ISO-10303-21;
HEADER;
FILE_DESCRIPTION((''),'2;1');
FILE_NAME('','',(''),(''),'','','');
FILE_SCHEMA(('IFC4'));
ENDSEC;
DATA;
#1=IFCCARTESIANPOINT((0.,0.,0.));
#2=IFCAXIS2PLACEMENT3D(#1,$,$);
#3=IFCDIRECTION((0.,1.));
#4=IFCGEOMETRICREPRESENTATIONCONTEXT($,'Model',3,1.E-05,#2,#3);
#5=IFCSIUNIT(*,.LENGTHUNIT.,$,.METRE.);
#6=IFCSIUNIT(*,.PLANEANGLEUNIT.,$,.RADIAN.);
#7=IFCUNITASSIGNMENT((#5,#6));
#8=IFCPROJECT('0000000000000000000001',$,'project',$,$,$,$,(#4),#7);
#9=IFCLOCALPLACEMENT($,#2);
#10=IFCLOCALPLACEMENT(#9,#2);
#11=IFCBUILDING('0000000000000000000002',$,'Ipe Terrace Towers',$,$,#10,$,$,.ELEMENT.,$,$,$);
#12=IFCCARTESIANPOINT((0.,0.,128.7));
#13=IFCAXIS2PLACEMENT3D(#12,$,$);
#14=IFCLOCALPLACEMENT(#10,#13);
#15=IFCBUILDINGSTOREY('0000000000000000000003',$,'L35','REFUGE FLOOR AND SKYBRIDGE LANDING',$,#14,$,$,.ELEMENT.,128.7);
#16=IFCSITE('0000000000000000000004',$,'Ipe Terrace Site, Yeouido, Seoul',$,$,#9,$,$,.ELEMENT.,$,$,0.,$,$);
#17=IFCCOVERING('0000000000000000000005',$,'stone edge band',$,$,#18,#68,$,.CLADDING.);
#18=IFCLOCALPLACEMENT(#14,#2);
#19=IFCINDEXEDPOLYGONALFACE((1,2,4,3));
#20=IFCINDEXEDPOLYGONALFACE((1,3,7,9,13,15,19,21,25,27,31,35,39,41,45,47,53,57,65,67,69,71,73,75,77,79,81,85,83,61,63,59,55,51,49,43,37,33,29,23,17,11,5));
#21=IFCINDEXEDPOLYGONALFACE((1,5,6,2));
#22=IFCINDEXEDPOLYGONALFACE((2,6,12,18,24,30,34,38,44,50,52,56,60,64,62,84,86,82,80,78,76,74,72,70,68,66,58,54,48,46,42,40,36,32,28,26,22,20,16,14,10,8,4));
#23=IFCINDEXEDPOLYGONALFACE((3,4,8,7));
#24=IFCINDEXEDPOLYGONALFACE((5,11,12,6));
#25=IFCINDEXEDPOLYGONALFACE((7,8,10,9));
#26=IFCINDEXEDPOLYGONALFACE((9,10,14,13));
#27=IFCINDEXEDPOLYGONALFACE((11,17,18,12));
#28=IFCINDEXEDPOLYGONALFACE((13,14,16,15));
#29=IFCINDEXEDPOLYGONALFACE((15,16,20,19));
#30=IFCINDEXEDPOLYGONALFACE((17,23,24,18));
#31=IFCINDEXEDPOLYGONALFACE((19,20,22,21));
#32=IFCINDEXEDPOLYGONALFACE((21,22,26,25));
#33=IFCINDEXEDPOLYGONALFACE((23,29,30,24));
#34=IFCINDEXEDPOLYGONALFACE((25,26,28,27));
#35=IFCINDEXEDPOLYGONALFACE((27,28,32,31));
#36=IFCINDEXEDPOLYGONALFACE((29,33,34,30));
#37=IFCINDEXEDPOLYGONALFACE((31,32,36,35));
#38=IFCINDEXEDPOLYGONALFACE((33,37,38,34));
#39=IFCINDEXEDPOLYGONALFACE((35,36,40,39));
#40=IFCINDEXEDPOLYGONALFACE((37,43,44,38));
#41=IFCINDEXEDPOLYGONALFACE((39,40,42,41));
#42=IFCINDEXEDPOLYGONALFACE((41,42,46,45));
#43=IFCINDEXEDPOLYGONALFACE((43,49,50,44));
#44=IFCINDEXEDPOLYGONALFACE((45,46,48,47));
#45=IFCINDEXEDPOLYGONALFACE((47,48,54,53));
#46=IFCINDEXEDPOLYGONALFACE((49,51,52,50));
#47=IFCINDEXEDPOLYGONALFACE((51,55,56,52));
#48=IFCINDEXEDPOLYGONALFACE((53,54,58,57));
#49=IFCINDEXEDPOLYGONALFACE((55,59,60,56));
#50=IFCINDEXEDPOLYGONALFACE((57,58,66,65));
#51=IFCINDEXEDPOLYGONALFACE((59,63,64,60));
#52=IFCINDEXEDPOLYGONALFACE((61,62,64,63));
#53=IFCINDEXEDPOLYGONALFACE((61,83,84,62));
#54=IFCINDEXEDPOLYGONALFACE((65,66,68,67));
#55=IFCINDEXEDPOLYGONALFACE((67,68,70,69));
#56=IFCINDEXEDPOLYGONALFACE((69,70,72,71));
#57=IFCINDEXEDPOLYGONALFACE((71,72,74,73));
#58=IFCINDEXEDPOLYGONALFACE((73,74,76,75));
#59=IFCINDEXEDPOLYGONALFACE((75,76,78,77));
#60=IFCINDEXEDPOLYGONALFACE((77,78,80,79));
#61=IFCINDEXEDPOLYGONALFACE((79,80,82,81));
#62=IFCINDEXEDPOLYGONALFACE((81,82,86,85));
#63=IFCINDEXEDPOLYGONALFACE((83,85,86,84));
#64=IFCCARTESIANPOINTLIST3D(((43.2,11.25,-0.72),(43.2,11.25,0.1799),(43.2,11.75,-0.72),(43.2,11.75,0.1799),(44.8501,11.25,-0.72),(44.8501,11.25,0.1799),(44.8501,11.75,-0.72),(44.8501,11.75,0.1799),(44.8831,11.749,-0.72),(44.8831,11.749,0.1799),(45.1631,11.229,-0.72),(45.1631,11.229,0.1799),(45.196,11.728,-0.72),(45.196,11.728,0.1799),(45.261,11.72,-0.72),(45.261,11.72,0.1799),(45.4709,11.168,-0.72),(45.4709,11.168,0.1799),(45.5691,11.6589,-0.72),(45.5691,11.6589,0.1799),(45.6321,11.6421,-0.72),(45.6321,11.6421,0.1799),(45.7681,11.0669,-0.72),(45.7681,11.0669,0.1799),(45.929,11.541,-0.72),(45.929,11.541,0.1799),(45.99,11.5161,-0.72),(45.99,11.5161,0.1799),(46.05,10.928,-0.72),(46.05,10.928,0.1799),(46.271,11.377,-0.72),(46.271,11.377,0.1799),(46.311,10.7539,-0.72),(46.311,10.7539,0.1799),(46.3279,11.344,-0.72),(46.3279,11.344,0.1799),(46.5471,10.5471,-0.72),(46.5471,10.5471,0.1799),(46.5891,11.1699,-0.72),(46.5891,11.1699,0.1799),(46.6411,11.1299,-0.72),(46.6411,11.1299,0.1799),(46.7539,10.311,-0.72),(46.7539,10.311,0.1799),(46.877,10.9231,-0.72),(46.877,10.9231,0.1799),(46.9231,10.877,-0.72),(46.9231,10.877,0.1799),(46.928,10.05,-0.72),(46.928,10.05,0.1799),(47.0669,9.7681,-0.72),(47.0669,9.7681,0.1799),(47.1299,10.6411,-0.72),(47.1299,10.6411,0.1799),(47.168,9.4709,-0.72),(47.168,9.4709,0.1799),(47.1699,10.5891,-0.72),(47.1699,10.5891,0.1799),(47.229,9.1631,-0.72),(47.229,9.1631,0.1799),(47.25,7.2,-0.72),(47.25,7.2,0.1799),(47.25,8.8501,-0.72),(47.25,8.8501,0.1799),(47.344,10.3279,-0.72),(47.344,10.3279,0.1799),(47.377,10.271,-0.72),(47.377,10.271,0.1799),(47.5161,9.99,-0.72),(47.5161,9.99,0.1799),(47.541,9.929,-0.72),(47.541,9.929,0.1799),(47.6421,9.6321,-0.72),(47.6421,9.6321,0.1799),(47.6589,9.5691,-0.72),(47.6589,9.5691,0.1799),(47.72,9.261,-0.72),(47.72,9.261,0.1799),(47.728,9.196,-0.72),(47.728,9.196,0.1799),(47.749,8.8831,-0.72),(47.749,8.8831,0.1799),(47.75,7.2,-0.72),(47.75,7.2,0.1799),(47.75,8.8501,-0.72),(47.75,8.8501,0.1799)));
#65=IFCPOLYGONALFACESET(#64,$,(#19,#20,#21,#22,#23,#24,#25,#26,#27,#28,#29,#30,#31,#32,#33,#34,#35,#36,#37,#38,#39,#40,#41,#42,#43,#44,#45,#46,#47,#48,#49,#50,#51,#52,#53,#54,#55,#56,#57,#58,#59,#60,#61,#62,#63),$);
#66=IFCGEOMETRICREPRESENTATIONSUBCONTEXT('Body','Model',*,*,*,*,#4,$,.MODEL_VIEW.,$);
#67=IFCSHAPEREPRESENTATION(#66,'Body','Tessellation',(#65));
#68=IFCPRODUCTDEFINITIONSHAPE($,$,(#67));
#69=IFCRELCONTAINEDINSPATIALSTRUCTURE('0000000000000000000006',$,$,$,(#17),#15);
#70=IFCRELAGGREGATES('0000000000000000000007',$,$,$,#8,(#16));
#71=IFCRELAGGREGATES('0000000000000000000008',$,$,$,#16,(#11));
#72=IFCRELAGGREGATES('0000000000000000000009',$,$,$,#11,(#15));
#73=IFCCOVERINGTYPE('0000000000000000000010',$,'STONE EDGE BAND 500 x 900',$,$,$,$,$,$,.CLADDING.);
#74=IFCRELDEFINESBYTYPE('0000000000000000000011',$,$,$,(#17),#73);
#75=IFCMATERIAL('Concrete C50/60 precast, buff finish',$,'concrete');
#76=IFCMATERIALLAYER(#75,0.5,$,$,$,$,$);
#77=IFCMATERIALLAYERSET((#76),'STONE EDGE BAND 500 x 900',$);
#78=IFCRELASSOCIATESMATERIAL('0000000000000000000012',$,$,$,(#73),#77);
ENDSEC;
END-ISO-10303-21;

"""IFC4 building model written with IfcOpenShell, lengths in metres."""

from ifc_helpers import new_model, si_unit, direction, frame, origin, place, context, subcontext, project, spatial, polyline, outline, extrude, material, layer, layer_set, type_object, element, save


model = new_model("IFC4")

# Units and contexts
model_context = context("Model", 3, precision=1e-05, world=origin(), true_north=direction((0.0, 1.0)))
body_context = subcontext(model_context, "Body", "Model", "MODEL_VIEW")
ifc_project = project(units=[si_unit("LENGTHUNIT", "METRE"), si_unit("PLANEANGLEUNIT", "RADIAN")], contexts=[model_context])

# Site, building, storey
site_placement = place(None, origin())
site = spatial("IfcSite", under=ifc_project, at=site_placement, Name="Ipe Terrace Site, Yeouido, Seoul", CompositionType="ELEMENT", RefElevation=0.0)
building_placement = place(site_placement, origin())
building = spatial("IfcBuilding", under=site, at=building_placement, Name="Ipe Terrace Towers", CompositionType="ELEMENT")
storey_placement = place(building_placement, frame((0.0, 0.0, 128.7)))
storey = spatial("IfcBuildingStorey", under=building, at=storey_placement, Name="L35", Description="REFUGE FLOOR AND SKYBRIDGE LANDING", CompositionType="ELEMENT", Elevation=128.7)

# Covering
ifc_material_1 = material(Name="Concrete C50/60 precast, buff finish", Category="concrete")
ifc_layer_1 = layer(ifc_material_1, 0.5)
ifc_layer_set_1 = layer_set([ifc_layer_1], Name="STONE EDGE BAND 500 x 900")
covering_type_1 = type_object("IfcCoveringType", Name="STONE EDGE BAND 500 x 900", PredefinedType="CLADDING", material=ifc_layer_set_1)
covering_1_placement = place(storey_placement, frame((0.0, 0.0, -0.72)))
element("IfcCovering", 1, at=covering_1_placement, inside=storey, type_object=covering_type_1, Name="stone edge band", PredefinedType="CLADDING", context=body_context, shape_type="SweptSolid", body=[
    extrude(outline(polyline([(47.75, 8.8501), (47.749, 8.8831), (47.728, 9.196), (47.72, 9.261), (47.6589, 9.5691), (47.6421, 9.6321), (47.541, 9.929), (47.5161, 9.99), (47.377, 10.271), (47.344, 10.3279), (47.1699, 10.5891), (47.1299, 10.6411), (46.9231, 10.877), (46.877, 10.9231), (46.6411, 11.1299), (46.5891, 11.1699), (46.3279, 11.344), (46.271, 11.377), (45.99, 11.5161), (45.929, 11.541), (45.6321, 11.6421), (45.5691, 11.6589), (45.261, 11.72), (45.196, 11.728), (44.8831, 11.749), (44.8501, 11.75), (43.2, 11.75), (43.2, 11.25), (44.8501, 11.25), (45.1631, 11.229), (45.4709, 11.168), (45.7681, 11.0669), (46.05, 10.928), (46.311, 10.7539), (46.5471, 10.5471), (46.7539, 10.311), (46.928, 10.05), (47.0669, 9.7681), (47.168, 9.4709), (47.229, 9.1631), (47.25, 8.8501), (47.25, 7.2), (47.75, 7.2), (47.75, 8.8501)])), origin(), (0.0, 0.0, 1.0), 0.8999),
])

save(model, "model.ifc")
